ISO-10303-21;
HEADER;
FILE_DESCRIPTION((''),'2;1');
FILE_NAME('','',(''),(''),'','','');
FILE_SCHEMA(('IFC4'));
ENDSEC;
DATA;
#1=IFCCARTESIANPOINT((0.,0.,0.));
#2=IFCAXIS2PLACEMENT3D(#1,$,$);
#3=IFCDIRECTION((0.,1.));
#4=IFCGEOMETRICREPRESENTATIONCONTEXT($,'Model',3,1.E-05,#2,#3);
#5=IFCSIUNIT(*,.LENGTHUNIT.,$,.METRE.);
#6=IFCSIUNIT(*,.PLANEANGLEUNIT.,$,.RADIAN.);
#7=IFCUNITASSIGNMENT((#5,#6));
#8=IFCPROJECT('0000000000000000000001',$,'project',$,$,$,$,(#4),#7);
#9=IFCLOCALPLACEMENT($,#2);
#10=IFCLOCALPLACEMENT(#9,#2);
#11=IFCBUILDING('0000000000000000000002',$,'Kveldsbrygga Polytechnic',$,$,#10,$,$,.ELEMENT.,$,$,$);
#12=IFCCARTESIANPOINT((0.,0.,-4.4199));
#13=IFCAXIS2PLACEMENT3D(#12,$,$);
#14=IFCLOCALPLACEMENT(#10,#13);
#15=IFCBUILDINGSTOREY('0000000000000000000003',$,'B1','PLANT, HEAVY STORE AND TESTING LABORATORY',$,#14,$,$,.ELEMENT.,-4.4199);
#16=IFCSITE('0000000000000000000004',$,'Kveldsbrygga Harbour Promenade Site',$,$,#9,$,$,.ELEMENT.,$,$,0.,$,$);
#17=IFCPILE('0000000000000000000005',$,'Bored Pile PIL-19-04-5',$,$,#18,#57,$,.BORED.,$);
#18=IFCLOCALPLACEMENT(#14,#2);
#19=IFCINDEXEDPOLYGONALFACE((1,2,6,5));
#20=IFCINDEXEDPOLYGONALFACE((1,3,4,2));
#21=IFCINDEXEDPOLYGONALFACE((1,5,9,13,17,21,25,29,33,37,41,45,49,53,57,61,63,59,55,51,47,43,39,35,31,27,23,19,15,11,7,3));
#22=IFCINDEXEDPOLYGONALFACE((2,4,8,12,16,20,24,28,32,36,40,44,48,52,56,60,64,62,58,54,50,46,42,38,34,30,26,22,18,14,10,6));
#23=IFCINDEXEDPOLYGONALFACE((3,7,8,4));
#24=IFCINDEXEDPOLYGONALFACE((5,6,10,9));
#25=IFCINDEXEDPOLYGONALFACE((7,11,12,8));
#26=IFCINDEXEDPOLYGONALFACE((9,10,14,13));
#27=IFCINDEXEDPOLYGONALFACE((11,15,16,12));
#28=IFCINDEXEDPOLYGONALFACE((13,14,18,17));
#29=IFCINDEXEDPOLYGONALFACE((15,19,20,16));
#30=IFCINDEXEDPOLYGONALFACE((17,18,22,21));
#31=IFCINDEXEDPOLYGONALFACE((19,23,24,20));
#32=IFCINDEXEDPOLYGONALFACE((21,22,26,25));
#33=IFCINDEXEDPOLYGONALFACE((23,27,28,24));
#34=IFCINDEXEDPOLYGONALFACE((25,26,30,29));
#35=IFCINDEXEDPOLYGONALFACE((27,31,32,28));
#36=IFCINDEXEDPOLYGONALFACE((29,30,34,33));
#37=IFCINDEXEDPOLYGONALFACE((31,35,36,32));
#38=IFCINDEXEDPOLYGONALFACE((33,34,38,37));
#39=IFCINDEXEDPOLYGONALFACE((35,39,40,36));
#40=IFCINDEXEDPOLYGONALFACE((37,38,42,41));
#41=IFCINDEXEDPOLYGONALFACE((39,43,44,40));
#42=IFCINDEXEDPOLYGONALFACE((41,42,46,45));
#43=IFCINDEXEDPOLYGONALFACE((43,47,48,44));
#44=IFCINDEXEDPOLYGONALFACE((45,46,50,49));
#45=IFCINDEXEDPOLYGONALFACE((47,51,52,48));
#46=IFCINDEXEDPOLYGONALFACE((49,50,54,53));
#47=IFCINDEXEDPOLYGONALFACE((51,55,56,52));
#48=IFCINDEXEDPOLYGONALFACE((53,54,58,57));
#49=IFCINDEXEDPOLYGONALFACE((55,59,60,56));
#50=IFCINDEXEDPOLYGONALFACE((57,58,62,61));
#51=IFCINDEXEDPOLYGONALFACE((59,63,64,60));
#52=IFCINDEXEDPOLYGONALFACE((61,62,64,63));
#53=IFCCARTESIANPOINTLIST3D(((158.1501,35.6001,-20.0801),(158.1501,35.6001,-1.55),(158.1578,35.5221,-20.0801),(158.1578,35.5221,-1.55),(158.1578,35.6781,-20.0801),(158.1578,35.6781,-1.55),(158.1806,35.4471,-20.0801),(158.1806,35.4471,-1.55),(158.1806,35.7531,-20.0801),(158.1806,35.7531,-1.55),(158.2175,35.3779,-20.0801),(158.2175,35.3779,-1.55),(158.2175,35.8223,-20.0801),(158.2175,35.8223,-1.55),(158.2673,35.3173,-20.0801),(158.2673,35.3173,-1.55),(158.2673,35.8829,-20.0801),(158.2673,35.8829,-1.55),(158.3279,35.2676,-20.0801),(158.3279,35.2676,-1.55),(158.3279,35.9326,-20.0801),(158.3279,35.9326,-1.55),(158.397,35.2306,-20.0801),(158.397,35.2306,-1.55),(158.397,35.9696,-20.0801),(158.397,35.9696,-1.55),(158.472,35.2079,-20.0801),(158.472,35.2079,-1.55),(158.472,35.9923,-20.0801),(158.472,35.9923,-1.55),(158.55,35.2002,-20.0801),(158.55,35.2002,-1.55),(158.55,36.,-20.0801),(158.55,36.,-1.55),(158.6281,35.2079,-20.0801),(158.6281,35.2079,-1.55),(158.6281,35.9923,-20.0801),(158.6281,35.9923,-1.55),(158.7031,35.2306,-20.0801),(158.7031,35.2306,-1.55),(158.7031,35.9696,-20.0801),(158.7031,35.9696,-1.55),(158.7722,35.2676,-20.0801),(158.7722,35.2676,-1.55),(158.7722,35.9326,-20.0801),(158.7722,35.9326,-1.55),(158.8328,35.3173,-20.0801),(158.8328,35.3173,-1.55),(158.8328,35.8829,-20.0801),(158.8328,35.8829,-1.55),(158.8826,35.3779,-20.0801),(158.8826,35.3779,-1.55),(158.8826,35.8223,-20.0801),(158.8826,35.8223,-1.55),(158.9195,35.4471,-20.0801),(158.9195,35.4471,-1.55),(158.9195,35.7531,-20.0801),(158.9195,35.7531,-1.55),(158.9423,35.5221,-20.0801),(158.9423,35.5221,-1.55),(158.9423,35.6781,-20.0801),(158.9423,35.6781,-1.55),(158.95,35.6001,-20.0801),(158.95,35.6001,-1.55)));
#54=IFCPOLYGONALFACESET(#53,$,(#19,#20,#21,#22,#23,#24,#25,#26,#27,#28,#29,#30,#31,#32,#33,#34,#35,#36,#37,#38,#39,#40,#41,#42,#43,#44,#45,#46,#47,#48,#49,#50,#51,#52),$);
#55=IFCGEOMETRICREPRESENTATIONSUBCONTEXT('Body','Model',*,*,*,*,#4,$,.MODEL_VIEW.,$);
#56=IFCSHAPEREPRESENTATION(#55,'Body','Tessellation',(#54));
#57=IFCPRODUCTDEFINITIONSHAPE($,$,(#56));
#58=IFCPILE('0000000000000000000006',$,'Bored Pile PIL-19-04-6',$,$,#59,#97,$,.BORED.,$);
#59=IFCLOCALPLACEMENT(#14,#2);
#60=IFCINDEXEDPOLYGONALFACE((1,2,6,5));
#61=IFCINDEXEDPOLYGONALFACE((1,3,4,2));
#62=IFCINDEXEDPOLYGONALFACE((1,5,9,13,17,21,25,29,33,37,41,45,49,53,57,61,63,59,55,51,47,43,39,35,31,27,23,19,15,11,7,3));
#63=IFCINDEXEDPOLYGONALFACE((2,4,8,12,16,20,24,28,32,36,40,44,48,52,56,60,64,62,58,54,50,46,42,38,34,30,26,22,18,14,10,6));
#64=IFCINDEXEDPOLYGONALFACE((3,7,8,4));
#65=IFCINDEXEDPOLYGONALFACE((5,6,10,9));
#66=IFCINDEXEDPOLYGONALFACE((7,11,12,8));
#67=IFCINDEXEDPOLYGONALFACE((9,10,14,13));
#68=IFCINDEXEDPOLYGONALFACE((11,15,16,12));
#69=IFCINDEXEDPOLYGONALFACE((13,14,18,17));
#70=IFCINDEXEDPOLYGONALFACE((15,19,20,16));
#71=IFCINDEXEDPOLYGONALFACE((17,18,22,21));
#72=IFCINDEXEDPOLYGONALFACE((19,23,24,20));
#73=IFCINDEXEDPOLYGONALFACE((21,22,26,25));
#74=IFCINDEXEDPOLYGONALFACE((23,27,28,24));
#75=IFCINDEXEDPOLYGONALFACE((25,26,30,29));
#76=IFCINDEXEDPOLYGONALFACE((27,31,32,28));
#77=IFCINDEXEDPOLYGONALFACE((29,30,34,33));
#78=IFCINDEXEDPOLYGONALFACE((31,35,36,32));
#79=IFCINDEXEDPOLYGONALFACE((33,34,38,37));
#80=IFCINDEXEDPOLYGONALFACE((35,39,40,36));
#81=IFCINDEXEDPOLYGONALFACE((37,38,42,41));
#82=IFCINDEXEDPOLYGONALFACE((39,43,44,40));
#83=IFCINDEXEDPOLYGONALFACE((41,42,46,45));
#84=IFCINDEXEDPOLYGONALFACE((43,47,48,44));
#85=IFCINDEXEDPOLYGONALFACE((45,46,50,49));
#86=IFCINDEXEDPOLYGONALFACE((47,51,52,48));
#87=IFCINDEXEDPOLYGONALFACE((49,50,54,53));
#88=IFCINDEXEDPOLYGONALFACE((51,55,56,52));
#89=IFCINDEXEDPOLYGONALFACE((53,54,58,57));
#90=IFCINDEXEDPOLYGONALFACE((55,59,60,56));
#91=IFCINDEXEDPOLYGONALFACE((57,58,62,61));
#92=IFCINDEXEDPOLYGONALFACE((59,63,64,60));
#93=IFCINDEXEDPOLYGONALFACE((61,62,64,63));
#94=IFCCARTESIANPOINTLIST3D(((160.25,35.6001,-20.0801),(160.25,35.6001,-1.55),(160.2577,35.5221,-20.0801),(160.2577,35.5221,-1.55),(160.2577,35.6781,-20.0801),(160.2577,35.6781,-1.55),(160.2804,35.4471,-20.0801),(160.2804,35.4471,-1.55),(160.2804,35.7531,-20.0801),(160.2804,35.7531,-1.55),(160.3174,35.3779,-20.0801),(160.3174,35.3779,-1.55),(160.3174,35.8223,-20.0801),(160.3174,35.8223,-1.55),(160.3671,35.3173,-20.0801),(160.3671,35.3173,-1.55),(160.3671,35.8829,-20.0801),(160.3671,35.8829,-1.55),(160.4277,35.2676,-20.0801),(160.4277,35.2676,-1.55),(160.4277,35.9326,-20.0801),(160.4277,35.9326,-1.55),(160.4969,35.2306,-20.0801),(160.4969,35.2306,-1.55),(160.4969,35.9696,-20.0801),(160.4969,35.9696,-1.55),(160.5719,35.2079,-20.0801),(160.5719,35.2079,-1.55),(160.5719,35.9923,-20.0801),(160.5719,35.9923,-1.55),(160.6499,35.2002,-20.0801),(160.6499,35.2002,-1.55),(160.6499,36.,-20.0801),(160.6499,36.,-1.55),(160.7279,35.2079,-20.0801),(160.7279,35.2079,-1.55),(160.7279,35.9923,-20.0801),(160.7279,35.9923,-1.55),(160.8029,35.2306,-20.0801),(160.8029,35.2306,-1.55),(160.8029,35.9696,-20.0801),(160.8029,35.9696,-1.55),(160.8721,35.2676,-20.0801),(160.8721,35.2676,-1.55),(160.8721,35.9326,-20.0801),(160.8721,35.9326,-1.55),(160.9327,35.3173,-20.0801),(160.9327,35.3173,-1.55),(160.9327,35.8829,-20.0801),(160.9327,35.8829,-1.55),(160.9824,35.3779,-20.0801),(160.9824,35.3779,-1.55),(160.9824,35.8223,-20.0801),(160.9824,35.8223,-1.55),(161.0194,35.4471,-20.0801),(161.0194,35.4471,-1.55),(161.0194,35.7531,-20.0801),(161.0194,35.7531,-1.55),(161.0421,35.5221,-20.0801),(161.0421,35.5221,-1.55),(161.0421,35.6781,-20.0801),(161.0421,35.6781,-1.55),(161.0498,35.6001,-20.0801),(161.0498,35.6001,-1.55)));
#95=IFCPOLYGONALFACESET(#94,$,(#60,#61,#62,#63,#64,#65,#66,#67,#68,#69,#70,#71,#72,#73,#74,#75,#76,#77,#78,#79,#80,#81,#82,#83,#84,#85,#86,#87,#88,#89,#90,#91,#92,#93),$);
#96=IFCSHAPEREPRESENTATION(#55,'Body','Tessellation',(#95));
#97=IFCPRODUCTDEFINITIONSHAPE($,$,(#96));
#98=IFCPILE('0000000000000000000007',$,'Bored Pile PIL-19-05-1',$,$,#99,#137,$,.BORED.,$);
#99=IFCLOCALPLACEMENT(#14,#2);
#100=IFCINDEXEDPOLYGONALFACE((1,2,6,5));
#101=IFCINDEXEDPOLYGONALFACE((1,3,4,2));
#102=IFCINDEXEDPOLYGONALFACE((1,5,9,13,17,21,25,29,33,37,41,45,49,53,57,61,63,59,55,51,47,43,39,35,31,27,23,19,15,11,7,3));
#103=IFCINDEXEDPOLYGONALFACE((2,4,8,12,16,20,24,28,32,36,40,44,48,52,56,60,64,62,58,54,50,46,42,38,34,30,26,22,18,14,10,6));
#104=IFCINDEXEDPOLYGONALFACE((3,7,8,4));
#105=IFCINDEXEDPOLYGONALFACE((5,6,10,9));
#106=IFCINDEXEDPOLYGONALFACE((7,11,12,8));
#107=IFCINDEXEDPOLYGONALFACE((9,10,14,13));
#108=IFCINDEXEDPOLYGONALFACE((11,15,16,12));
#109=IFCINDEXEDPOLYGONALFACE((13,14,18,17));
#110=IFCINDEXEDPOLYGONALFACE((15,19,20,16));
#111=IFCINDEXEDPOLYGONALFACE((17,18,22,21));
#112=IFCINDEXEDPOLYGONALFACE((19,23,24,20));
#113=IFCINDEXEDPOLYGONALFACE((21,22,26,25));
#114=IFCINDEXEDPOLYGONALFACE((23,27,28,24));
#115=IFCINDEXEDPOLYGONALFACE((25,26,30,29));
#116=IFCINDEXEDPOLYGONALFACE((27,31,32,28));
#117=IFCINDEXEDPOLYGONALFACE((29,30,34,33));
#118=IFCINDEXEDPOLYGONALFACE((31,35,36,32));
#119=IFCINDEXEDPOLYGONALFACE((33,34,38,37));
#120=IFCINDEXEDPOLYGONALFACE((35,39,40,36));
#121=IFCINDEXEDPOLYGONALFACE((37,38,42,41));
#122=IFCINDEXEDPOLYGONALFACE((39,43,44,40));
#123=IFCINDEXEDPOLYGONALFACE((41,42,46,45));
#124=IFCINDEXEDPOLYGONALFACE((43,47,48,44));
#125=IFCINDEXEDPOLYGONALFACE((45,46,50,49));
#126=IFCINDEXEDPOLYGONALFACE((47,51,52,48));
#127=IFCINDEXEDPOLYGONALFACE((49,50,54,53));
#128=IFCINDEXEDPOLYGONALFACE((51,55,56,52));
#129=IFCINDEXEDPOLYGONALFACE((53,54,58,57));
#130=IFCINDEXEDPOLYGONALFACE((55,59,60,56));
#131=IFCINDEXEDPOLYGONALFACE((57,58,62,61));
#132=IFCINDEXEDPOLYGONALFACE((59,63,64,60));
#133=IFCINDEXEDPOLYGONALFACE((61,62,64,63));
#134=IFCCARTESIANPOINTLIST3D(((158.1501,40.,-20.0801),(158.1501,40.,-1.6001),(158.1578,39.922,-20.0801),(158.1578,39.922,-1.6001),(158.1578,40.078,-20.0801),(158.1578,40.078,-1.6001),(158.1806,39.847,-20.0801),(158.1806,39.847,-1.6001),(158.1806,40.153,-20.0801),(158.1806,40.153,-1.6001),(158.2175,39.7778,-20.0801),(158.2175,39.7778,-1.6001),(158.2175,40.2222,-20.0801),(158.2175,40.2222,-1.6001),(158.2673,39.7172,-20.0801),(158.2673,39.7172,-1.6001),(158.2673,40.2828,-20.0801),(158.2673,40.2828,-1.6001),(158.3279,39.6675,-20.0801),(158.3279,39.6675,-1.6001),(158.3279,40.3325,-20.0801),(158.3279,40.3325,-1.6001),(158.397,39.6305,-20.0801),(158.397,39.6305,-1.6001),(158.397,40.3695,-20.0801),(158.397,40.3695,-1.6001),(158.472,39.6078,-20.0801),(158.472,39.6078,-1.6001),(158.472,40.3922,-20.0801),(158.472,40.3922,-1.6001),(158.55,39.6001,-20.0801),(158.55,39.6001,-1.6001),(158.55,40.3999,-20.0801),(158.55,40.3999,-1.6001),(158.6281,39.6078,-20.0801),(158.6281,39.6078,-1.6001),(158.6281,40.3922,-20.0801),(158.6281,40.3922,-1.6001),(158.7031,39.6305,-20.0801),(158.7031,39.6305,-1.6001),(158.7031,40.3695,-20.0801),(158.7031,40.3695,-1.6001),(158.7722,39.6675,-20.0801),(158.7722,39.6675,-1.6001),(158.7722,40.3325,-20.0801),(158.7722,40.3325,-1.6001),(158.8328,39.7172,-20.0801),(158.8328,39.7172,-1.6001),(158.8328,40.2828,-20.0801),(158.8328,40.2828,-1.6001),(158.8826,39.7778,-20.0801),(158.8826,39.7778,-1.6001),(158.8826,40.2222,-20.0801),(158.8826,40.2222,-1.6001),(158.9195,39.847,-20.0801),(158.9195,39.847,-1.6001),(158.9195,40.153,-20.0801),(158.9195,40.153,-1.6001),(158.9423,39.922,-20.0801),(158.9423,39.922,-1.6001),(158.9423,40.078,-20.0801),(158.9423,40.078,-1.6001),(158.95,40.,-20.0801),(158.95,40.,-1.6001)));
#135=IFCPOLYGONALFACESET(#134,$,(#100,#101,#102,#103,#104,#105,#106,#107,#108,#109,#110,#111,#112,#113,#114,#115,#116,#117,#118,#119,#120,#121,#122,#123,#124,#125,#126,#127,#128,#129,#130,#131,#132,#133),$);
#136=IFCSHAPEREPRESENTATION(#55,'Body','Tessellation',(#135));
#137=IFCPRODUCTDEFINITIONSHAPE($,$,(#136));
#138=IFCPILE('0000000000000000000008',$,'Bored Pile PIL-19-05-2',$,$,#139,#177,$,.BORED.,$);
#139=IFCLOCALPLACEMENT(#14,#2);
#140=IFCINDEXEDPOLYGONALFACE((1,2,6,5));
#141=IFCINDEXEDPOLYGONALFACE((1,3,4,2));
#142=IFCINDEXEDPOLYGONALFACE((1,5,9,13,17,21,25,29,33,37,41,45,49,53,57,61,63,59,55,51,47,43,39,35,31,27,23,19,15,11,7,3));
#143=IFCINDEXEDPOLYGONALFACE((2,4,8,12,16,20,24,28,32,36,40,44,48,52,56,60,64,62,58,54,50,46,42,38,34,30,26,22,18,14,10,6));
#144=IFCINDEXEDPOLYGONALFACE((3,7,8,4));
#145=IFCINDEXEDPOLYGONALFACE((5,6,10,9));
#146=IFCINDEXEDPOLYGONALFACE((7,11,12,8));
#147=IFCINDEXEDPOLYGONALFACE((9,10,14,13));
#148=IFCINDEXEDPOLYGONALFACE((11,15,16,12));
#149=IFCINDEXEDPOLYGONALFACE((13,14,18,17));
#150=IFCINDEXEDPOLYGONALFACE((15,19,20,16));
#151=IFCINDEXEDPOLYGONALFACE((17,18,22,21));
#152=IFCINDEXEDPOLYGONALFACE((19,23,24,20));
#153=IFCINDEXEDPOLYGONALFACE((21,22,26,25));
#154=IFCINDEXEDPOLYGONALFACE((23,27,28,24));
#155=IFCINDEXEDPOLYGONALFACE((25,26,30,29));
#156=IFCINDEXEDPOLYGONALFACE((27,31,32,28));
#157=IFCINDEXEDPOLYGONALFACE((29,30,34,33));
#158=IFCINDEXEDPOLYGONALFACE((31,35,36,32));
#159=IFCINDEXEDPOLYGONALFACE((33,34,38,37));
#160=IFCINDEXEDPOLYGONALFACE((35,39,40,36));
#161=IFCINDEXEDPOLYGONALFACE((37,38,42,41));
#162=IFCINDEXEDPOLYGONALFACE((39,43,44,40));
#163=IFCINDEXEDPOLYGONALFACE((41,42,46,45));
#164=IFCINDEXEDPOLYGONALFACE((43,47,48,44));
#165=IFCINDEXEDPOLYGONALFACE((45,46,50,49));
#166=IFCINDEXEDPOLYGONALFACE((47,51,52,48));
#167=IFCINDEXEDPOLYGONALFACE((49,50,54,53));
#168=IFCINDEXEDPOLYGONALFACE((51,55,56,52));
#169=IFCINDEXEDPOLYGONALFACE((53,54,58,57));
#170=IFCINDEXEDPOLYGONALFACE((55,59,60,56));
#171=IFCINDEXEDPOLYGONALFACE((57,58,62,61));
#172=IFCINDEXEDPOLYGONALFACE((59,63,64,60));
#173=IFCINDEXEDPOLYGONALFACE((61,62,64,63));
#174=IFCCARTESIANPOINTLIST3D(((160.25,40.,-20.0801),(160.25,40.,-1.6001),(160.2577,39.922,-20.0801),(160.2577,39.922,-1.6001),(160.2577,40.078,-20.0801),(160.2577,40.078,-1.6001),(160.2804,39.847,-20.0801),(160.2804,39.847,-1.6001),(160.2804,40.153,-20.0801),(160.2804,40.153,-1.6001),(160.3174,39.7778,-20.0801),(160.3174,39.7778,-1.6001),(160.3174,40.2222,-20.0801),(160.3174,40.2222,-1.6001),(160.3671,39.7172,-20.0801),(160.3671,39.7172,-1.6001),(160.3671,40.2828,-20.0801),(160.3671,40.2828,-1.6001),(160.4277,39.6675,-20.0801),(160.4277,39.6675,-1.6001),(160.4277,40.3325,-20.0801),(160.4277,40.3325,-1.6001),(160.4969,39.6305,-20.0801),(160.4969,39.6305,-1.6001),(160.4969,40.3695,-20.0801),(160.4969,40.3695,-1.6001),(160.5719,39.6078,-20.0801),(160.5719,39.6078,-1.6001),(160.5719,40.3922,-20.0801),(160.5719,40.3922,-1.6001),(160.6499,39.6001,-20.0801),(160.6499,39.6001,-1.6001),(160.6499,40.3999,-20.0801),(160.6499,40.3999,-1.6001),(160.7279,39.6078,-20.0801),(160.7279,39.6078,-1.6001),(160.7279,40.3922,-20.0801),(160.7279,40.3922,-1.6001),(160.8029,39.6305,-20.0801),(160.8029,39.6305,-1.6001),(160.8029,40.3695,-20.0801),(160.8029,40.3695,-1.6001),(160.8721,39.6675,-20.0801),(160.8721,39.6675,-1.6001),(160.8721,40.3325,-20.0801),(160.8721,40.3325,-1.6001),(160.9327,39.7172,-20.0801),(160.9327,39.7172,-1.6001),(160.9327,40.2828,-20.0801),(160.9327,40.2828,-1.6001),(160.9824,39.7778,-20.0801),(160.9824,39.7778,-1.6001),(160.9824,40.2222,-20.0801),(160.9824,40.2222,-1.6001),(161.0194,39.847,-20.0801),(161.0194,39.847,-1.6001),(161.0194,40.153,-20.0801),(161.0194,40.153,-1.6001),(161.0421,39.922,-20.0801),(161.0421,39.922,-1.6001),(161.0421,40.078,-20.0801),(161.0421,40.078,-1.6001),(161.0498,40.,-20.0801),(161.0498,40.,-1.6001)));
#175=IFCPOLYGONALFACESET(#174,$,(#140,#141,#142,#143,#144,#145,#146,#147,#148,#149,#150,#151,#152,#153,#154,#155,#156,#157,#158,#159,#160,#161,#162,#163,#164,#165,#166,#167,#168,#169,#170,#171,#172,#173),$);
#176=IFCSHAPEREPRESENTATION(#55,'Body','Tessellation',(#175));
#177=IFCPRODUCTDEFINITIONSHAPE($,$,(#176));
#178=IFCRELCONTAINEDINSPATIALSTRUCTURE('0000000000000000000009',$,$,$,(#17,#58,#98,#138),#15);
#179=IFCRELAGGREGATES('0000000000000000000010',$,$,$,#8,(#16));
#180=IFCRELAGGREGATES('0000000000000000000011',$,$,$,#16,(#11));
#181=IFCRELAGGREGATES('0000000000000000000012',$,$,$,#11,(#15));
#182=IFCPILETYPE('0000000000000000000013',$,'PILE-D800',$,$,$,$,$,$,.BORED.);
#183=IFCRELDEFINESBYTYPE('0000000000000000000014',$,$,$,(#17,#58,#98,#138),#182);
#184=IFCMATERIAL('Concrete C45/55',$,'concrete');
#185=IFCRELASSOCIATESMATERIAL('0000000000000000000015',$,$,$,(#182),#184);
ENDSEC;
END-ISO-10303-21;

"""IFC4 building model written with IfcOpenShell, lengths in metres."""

from ifc_helpers import new_model, si_unit, direction, frame, origin, origin_2d, place, context, subcontext, project, spatial, circle, extrude, material, material_profile, profile_set, type_object, element, save


model = new_model("IFC4")

# Units and contexts
model_context = context("Model", 3, precision=1e-05, world=origin(), true_north=direction((0.0, 1.0)))
body_context = subcontext(model_context, "Body", "Model", "MODEL_VIEW")
ifc_project = project(units=[si_unit("LENGTHUNIT", "METRE"), si_unit("PLANEANGLEUNIT", "RADIAN")], contexts=[model_context])

# Site, building, storey
site_placement = place(None, origin())
site = spatial("IfcSite", under=ifc_project, at=site_placement, Name="Kveldsbrygga Harbour Promenade Site", CompositionType="ELEMENT", RefElevation=0.0)
building_placement = place(site_placement, origin())
building = spatial("IfcBuilding", under=site, at=building_placement, Name="Kveldsbrygga Polytechnic", CompositionType="ELEMENT")
storey_placement = place(building_placement, frame((0.0, 0.0, -4.4199)))
storey = spatial("IfcBuildingStorey", under=building, at=storey_placement, Name="B1", Description="PLANT, HEAVY STORE AND TESTING LABORATORY", CompositionType="ELEMENT", Elevation=-4.4199)

# Shared definitions
ifc_material_1 = material(Name="Concrete C45/55", Category="concrete")

# Piles
ifc_material_profile_1 = material_profile(ifc_material_1, circle(Radius=0.3999, at=origin_2d()), Name="PILE D800")
ifc_profile_set_1 = profile_set([ifc_material_profile_1], Name="Concrete C45/55")
pile_type = type_object("IfcPileType", Name="PILE-D800", PredefinedType="BORED", material=ifc_profile_set_1)
for number, where, z_axis, x_axis, name in (
    (1, (158.55, 35.6001, -1.55), (0.0, 0.0, -1.0), (1.0, 0.0, 0.0), "Bored Pile PIL-19-04-5"),
    (2, (160.6499, 35.6001, -1.55), (0.0, 0.0, -1.0), (1.0, 0.0, 0.0), "Bored Pile PIL-19-04-6"),
):
    element("IfcPile", number, at=place(storey_placement, frame(where, z_axis=z_axis, x_axis=x_axis)), inside=storey, type_object=pile_type, Name=name, PredefinedType="BORED", context=body_context, shape_type="SweptSolid", body=[
        extrude(circle(Radius=0.3999, at=origin_2d()), origin(), (0.0, 0.0, 1.0), 18.53),
    ])
for number, where, z_axis, x_axis, name in (
    (3, (158.55, 40.0, -1.6001), (0.0, 0.0, -1.0), (1.0, 0.0, 0.0), "Bored Pile PIL-19-05-1"),
    (4, (160.6499, 40.0, -1.6001), (0.0, 0.0, -1.0), (1.0, 0.0, 0.0), "Bored Pile PIL-19-05-2"),
):
    element("IfcPile", number, at=place(storey_placement, frame(where, z_axis=z_axis, x_axis=x_axis)), inside=storey, type_object=pile_type, Name=name, PredefinedType="BORED", context=body_context, shape_type="SweptSolid", body=[
        extrude(circle(Radius=0.3999, at=origin_2d()), origin(), (0.0, 0.0, 1.0), 18.48),
    ])

save(model, "model.ifc")
